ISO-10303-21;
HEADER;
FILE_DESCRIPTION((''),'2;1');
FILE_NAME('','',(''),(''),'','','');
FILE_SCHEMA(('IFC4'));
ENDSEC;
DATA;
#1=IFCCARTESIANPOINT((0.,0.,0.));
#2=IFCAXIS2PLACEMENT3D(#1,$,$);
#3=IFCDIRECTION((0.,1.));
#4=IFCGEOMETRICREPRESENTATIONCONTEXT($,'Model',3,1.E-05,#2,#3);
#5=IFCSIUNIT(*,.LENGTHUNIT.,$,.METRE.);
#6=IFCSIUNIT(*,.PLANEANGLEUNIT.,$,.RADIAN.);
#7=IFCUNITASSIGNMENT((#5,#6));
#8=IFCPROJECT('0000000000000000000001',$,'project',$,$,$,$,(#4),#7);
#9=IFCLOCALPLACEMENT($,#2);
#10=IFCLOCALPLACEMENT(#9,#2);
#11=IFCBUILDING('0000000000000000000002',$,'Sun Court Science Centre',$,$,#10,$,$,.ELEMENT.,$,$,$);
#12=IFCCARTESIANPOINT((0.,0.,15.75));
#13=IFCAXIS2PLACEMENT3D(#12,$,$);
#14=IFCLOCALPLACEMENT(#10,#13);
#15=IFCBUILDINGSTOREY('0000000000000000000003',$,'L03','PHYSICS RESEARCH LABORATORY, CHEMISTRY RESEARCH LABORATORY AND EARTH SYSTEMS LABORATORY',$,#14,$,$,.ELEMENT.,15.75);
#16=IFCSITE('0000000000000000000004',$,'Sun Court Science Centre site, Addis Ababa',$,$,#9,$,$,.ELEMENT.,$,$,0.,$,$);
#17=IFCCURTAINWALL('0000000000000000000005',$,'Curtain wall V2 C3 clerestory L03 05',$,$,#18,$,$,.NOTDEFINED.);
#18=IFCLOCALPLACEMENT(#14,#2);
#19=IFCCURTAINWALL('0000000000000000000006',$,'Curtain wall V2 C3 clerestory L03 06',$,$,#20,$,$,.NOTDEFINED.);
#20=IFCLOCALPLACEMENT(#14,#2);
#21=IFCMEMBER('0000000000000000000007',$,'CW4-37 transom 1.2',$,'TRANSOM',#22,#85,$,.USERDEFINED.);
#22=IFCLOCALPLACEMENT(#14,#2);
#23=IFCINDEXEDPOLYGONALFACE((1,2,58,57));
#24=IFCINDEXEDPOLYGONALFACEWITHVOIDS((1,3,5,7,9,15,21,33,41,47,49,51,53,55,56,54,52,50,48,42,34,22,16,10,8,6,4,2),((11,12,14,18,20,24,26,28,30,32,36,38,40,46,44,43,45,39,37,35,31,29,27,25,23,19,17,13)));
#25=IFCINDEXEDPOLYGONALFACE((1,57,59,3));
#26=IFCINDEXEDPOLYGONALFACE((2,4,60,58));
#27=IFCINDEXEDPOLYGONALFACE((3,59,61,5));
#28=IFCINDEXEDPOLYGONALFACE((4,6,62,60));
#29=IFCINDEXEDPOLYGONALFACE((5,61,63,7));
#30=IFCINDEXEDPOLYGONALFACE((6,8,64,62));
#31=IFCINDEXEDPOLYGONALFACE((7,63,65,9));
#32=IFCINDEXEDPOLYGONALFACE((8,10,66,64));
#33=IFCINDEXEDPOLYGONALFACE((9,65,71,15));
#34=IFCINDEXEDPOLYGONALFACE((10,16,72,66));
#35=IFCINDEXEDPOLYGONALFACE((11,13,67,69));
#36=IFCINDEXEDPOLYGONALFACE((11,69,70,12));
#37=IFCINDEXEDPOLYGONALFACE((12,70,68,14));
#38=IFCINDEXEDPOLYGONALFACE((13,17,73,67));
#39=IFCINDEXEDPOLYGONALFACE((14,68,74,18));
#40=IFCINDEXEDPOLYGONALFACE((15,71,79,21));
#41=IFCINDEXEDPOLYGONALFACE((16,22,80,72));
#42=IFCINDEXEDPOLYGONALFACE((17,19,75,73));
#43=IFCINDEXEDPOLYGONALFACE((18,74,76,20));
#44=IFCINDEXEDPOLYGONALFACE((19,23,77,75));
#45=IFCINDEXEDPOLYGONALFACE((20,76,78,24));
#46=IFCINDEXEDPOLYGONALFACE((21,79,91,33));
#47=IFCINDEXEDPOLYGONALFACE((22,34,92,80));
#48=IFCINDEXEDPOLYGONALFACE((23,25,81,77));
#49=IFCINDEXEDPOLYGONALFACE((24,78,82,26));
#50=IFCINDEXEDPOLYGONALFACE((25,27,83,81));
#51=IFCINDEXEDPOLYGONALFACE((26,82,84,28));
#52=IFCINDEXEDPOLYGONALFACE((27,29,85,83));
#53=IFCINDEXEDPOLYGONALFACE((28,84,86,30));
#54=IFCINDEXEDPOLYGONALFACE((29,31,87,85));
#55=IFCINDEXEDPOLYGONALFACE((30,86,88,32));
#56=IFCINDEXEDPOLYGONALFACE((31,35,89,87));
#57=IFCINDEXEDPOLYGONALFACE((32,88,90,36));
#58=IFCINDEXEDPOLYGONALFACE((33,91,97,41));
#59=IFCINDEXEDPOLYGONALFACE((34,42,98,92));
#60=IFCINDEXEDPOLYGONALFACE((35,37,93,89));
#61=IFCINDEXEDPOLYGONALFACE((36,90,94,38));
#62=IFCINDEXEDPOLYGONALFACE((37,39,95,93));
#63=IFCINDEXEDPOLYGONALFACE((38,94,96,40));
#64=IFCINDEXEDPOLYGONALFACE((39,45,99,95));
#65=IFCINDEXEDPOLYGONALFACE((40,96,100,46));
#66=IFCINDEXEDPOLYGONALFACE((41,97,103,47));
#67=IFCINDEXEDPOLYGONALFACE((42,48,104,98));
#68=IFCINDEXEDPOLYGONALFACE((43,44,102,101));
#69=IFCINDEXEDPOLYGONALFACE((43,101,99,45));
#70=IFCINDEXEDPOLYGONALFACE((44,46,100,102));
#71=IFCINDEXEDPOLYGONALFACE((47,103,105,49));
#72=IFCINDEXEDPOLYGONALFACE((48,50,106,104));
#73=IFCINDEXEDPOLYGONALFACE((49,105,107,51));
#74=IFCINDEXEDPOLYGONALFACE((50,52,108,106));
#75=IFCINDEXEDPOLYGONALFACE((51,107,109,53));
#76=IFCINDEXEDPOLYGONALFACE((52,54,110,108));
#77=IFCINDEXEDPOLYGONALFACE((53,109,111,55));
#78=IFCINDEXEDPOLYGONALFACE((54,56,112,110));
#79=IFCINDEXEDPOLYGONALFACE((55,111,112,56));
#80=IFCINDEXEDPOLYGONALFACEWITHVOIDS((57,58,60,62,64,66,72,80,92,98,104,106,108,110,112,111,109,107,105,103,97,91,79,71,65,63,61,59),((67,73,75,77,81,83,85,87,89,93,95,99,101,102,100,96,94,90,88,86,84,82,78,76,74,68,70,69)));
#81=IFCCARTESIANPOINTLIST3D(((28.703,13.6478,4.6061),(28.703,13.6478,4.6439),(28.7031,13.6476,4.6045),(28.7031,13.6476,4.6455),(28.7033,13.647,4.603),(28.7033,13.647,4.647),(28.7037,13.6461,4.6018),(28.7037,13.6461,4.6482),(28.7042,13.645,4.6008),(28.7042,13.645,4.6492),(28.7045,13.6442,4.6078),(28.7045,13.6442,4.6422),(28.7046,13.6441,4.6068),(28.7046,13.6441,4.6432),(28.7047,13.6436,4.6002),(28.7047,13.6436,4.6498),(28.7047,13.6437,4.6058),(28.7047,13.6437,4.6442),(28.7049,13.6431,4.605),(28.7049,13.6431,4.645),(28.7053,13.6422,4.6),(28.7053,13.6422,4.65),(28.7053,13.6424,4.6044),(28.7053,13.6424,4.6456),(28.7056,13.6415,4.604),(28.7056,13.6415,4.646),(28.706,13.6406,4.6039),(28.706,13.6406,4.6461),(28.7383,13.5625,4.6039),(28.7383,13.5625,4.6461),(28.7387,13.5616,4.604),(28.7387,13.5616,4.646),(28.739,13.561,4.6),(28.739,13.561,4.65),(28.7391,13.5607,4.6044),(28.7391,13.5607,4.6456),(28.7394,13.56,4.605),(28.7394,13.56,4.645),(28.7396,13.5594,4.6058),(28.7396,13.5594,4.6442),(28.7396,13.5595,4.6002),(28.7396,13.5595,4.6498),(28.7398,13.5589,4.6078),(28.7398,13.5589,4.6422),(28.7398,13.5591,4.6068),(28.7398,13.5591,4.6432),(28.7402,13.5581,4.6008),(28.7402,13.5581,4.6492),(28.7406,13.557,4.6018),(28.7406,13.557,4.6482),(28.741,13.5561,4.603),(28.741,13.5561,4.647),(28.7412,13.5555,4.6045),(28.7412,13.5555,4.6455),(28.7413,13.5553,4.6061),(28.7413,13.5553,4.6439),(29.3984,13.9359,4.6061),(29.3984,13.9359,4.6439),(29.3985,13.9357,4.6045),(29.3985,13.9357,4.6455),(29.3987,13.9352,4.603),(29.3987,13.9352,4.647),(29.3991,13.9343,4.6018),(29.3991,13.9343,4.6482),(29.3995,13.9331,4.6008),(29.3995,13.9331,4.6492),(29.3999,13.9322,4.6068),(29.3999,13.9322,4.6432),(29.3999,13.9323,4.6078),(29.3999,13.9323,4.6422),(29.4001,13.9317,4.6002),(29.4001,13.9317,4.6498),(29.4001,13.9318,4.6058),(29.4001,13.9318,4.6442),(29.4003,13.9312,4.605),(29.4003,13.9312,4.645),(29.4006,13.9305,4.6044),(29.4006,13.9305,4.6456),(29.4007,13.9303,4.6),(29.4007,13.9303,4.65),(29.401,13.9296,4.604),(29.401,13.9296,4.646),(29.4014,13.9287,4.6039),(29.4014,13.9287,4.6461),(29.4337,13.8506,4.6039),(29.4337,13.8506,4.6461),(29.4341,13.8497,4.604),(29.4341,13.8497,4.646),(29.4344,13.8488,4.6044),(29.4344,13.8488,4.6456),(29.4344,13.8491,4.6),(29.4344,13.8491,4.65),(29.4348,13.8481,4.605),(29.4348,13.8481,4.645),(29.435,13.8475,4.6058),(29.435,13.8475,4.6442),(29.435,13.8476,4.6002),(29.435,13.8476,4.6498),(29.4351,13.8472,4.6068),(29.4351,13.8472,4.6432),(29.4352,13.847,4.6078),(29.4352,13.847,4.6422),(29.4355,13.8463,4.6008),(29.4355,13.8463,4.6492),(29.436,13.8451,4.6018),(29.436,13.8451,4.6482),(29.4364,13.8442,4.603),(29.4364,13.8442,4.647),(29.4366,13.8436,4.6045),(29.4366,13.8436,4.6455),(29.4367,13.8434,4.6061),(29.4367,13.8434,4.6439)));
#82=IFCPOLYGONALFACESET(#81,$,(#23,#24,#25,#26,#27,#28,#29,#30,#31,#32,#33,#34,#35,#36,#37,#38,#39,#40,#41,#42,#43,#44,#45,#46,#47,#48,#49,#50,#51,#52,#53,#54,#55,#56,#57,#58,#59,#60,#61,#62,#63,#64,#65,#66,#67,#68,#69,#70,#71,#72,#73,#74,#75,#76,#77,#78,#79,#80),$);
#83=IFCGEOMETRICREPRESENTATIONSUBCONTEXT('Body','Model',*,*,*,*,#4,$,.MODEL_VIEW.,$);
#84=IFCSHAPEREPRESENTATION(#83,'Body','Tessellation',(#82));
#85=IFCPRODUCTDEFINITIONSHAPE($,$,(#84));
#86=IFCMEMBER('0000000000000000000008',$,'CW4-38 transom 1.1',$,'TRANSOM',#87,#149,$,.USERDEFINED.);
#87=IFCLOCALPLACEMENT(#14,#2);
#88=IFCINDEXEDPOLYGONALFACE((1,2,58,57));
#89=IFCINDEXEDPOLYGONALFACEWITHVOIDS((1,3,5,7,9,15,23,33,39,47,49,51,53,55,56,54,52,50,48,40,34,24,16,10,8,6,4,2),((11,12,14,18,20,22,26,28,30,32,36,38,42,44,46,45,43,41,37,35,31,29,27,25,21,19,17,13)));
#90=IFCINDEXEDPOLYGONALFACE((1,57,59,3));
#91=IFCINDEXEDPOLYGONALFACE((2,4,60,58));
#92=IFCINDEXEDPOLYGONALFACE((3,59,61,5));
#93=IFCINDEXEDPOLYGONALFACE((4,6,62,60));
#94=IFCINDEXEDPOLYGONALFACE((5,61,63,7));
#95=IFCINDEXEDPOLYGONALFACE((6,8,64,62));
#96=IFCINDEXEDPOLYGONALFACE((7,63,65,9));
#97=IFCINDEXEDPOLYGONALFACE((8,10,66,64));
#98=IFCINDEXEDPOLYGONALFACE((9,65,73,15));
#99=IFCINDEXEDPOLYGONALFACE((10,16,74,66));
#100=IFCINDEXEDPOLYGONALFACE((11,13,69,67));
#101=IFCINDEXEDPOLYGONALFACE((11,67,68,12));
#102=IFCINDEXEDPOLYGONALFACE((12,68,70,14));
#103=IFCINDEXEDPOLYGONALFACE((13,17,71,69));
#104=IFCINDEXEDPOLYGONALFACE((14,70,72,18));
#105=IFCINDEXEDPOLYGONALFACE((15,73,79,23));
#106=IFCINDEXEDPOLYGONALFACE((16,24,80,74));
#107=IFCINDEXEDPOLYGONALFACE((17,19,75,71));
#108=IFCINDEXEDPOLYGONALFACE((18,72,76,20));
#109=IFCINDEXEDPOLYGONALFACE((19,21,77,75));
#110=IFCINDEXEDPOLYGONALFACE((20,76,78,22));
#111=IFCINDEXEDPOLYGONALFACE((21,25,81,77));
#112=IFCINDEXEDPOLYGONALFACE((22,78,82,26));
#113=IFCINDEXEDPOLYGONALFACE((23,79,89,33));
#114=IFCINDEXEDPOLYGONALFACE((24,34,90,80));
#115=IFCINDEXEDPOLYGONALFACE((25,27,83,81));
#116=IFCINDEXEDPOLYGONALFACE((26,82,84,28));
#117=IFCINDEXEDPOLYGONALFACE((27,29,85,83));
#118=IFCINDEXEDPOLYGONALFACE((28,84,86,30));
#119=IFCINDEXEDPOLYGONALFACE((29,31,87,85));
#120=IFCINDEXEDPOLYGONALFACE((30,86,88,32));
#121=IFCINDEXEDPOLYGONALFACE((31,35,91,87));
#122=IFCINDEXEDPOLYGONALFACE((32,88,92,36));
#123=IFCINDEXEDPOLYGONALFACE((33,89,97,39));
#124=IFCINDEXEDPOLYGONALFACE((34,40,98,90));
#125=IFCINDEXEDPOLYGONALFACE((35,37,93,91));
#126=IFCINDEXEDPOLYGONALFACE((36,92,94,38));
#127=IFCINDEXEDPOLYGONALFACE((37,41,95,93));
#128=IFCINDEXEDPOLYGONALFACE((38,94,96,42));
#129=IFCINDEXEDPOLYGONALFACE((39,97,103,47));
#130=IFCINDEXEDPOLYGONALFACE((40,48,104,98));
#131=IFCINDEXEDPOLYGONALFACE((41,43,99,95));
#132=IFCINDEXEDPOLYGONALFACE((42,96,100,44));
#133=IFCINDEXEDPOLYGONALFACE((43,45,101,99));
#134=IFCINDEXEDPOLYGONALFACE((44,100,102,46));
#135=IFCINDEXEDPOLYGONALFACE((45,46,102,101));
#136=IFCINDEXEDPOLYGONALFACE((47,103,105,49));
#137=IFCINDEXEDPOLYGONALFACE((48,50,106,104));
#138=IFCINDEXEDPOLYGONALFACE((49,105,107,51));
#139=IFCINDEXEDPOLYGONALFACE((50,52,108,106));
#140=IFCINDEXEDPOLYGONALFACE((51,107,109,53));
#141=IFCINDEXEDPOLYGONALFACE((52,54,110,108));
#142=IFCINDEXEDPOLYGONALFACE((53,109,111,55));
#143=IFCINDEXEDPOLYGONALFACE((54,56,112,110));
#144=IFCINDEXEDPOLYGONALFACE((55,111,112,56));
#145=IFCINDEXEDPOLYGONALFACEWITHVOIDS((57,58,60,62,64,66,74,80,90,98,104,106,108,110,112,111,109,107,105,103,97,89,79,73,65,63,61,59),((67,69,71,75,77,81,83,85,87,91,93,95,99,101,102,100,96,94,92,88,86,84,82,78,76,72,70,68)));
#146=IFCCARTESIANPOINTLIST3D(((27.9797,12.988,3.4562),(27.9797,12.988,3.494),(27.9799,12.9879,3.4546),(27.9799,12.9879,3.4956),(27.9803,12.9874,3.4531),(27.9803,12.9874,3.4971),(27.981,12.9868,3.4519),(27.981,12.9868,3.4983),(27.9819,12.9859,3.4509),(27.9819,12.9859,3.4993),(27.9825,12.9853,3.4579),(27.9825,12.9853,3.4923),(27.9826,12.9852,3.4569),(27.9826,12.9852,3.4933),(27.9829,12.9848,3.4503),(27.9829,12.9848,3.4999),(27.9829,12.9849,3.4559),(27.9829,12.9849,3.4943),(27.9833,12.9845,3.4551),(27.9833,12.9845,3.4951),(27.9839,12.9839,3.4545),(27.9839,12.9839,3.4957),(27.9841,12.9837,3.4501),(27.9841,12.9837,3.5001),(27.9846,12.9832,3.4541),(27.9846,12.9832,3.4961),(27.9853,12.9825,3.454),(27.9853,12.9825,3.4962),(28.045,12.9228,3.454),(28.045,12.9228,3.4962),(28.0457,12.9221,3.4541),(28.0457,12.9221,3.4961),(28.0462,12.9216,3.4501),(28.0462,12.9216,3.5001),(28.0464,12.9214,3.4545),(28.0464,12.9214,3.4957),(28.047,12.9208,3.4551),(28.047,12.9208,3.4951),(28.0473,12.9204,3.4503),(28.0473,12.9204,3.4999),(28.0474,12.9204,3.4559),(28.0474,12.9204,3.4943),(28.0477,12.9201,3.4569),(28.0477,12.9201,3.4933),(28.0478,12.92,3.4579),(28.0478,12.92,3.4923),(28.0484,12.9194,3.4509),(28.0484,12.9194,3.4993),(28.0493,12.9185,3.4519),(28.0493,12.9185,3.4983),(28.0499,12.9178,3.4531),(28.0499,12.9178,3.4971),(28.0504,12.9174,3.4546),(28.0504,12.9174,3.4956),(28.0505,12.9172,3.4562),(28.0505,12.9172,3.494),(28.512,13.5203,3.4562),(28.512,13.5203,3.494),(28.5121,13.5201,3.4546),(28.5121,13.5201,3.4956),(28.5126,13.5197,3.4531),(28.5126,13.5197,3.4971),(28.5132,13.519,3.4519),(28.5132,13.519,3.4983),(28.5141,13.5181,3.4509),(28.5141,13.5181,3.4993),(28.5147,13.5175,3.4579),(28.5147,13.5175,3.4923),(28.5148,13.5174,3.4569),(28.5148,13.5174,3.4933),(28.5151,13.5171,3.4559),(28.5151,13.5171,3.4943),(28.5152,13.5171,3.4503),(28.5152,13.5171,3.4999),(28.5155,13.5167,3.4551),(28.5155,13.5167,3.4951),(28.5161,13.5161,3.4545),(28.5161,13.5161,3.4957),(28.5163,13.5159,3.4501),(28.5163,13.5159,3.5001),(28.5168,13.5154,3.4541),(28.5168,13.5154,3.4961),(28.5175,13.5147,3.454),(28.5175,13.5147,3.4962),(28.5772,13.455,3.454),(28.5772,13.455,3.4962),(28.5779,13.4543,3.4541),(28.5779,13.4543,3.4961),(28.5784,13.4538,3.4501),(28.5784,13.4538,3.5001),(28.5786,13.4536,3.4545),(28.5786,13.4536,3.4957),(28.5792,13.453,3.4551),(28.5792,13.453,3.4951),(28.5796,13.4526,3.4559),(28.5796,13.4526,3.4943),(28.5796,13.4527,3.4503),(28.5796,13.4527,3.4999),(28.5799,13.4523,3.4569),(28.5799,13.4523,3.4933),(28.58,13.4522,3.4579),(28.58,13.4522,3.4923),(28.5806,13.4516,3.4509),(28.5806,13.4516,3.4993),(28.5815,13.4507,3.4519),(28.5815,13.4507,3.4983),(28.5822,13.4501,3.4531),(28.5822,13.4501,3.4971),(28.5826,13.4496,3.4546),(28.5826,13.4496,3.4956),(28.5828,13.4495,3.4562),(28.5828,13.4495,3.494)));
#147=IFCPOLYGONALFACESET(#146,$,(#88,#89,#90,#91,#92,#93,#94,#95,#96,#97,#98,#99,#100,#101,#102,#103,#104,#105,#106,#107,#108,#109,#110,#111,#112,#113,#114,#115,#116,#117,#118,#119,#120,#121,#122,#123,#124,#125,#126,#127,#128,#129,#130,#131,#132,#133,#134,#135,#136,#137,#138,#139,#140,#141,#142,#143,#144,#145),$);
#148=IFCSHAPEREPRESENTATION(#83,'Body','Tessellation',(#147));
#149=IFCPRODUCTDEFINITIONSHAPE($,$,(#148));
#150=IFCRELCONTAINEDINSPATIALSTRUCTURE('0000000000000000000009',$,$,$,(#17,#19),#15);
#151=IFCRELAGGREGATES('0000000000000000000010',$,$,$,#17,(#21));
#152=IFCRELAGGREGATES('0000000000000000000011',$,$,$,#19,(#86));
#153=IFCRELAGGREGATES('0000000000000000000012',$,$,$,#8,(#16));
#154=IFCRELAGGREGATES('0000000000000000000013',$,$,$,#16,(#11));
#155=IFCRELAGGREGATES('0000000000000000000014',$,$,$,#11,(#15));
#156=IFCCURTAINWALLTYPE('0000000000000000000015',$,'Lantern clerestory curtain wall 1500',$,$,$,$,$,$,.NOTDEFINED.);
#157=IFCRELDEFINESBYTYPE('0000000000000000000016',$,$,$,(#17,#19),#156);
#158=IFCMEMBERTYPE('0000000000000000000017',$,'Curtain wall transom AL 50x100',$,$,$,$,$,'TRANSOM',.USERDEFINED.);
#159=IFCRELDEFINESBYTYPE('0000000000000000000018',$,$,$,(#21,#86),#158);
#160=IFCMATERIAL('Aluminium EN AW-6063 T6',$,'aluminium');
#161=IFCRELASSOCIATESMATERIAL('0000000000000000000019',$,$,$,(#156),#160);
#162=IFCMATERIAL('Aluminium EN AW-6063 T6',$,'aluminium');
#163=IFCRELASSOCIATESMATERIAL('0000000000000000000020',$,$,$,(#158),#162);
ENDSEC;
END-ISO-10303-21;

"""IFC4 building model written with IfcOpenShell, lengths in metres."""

from ifc_helpers import new_model, si_unit, direction, frame, origin, origin_2d, place, context, subcontext, project, spatial, hollow_rectangle, extrude, material, material_profile, profile_set, type_object, element, aggregate, save


model = new_model("IFC4")

# Units and contexts
model_context = context("Model", 3, precision=1e-05, world=origin(), true_north=direction((0.0, 1.0)))
body_context = subcontext(model_context, "Body", "Model", "MODEL_VIEW")
ifc_project = project(units=[si_unit("LENGTHUNIT", "METRE"), si_unit("PLANEANGLEUNIT", "RADIAN")], contexts=[model_context])

# Site, building, storey
site_placement = place(None, origin())
site = spatial("IfcSite", under=ifc_project, at=site_placement, Name="Sun Court Science Centre site, Addis Ababa", CompositionType="ELEMENT", RefElevation=0.0)
building_placement = place(site_placement, origin())
building = spatial("IfcBuilding", under=site, at=building_placement, Name="Sun Court Science Centre", CompositionType="ELEMENT")
storey_placement = place(building_placement, frame((0.0, 0.0, 15.75)))
storey = spatial("IfcBuildingStorey", under=building, at=storey_placement, Name="L03", Description="PHYSICS RESEARCH LABORATORY, CHEMISTRY RESEARCH LABORATORY AND EARTH SYSTEMS LABORATORY", CompositionType="ELEMENT", Elevation=15.75)

# Shared definitions
ifc_material_1 = material(Name="Aluminium EN AW-6063 T6", Category="aluminium")
curtain_wall_type = type_object("IfcCurtainWallType", Name="Lantern clerestory curtain wall 1500", PredefinedType="NOTDEFINED", material=ifc_material_1)

# Curtain walls
curtain_wall_1_placement = place(storey_placement, origin())
curtain_wall_1 = element("IfcCurtainWall", 1, at=curtain_wall_1_placement, inside=storey, type_object=curtain_wall_type, Name="Curtain wall V2 C3 clerestory L03 05", PredefinedType="NOTDEFINED")
curtain_wall_2_placement = place(storey_placement, origin())
curtain_wall_2 = element("IfcCurtainWall", 2, at=curtain_wall_2_placement, inside=storey, type_object=curtain_wall_type, Name="Curtain wall V2 C3 clerestory L03 06", PredefinedType="NOTDEFINED")

# Members
ifc_material_2 = material(Name="Aluminium EN AW-6063 T6", Category="aluminium")
ifc_material_profile_1 = material_profile(ifc_material_2, hollow_rectangle(XDim=0.05, YDim=0.1001, WallThickness=0.0039, InnerFilletRadius=0.0039, OuterFilletRadius=0.0061, at=origin_2d()), Name="AL 50x100x4")
ifc_profile_set_1 = profile_set([ifc_material_profile_1], Name="Aluminium EN AW-6063 T6")
member_type_1 = type_object("IfcMemberType", Name="Curtain wall transom AL 50x100", ElementType="TRANSOM", PredefinedType="USERDEFINED", material=ifc_profile_set_1)
member_1_placement = place(storey_placement, frame((28.7222, 13.6016, 4.625), z_axis=(0.923843, 0.382772, 0.0), x_axis=(0.0, 0.0, 1.0)))
member_1 = element("IfcMember", 3, at=member_1_placement, type_object=member_type_1, Name="CW4-37 transom 1.2", ObjectType="TRANSOM", PredefinedType="USERDEFINED", context=body_context, shape_type="SweptSolid", body=[
    extrude(hollow_rectangle(XDim=0.05, YDim=0.1001, WallThickness=0.0039, InnerFilletRadius=0.0039, OuterFilletRadius=0.0061, at=origin_2d()), origin(), (0.0, 0.0, 1.0), 0.7527),
])
member_2_placement = place(storey_placement, frame((28.0151, 12.9526, 3.4751), z_axis=(0.707107, 0.707107, 0.0), x_axis=(0.0, 0.0, 1.0)))
member_2 = element("IfcMember", 4, at=member_2_placement, type_object=member_type_1, Name="CW4-38 transom 1.1", ObjectType="TRANSOM", PredefinedType="USERDEFINED", context=body_context, shape_type="SweptSolid", body=[
    extrude(hollow_rectangle(XDim=0.05, YDim=0.1001, WallThickness=0.0039, InnerFilletRadius=0.0039, OuterFilletRadius=0.0061, at=origin_2d()), origin(), (0.0, 0.0, 1.0), 0.7527),
])

aggregate(curtain_wall_1, [member_1])
aggregate(curtain_wall_2, [member_2])

save(model, "model.ifc")
